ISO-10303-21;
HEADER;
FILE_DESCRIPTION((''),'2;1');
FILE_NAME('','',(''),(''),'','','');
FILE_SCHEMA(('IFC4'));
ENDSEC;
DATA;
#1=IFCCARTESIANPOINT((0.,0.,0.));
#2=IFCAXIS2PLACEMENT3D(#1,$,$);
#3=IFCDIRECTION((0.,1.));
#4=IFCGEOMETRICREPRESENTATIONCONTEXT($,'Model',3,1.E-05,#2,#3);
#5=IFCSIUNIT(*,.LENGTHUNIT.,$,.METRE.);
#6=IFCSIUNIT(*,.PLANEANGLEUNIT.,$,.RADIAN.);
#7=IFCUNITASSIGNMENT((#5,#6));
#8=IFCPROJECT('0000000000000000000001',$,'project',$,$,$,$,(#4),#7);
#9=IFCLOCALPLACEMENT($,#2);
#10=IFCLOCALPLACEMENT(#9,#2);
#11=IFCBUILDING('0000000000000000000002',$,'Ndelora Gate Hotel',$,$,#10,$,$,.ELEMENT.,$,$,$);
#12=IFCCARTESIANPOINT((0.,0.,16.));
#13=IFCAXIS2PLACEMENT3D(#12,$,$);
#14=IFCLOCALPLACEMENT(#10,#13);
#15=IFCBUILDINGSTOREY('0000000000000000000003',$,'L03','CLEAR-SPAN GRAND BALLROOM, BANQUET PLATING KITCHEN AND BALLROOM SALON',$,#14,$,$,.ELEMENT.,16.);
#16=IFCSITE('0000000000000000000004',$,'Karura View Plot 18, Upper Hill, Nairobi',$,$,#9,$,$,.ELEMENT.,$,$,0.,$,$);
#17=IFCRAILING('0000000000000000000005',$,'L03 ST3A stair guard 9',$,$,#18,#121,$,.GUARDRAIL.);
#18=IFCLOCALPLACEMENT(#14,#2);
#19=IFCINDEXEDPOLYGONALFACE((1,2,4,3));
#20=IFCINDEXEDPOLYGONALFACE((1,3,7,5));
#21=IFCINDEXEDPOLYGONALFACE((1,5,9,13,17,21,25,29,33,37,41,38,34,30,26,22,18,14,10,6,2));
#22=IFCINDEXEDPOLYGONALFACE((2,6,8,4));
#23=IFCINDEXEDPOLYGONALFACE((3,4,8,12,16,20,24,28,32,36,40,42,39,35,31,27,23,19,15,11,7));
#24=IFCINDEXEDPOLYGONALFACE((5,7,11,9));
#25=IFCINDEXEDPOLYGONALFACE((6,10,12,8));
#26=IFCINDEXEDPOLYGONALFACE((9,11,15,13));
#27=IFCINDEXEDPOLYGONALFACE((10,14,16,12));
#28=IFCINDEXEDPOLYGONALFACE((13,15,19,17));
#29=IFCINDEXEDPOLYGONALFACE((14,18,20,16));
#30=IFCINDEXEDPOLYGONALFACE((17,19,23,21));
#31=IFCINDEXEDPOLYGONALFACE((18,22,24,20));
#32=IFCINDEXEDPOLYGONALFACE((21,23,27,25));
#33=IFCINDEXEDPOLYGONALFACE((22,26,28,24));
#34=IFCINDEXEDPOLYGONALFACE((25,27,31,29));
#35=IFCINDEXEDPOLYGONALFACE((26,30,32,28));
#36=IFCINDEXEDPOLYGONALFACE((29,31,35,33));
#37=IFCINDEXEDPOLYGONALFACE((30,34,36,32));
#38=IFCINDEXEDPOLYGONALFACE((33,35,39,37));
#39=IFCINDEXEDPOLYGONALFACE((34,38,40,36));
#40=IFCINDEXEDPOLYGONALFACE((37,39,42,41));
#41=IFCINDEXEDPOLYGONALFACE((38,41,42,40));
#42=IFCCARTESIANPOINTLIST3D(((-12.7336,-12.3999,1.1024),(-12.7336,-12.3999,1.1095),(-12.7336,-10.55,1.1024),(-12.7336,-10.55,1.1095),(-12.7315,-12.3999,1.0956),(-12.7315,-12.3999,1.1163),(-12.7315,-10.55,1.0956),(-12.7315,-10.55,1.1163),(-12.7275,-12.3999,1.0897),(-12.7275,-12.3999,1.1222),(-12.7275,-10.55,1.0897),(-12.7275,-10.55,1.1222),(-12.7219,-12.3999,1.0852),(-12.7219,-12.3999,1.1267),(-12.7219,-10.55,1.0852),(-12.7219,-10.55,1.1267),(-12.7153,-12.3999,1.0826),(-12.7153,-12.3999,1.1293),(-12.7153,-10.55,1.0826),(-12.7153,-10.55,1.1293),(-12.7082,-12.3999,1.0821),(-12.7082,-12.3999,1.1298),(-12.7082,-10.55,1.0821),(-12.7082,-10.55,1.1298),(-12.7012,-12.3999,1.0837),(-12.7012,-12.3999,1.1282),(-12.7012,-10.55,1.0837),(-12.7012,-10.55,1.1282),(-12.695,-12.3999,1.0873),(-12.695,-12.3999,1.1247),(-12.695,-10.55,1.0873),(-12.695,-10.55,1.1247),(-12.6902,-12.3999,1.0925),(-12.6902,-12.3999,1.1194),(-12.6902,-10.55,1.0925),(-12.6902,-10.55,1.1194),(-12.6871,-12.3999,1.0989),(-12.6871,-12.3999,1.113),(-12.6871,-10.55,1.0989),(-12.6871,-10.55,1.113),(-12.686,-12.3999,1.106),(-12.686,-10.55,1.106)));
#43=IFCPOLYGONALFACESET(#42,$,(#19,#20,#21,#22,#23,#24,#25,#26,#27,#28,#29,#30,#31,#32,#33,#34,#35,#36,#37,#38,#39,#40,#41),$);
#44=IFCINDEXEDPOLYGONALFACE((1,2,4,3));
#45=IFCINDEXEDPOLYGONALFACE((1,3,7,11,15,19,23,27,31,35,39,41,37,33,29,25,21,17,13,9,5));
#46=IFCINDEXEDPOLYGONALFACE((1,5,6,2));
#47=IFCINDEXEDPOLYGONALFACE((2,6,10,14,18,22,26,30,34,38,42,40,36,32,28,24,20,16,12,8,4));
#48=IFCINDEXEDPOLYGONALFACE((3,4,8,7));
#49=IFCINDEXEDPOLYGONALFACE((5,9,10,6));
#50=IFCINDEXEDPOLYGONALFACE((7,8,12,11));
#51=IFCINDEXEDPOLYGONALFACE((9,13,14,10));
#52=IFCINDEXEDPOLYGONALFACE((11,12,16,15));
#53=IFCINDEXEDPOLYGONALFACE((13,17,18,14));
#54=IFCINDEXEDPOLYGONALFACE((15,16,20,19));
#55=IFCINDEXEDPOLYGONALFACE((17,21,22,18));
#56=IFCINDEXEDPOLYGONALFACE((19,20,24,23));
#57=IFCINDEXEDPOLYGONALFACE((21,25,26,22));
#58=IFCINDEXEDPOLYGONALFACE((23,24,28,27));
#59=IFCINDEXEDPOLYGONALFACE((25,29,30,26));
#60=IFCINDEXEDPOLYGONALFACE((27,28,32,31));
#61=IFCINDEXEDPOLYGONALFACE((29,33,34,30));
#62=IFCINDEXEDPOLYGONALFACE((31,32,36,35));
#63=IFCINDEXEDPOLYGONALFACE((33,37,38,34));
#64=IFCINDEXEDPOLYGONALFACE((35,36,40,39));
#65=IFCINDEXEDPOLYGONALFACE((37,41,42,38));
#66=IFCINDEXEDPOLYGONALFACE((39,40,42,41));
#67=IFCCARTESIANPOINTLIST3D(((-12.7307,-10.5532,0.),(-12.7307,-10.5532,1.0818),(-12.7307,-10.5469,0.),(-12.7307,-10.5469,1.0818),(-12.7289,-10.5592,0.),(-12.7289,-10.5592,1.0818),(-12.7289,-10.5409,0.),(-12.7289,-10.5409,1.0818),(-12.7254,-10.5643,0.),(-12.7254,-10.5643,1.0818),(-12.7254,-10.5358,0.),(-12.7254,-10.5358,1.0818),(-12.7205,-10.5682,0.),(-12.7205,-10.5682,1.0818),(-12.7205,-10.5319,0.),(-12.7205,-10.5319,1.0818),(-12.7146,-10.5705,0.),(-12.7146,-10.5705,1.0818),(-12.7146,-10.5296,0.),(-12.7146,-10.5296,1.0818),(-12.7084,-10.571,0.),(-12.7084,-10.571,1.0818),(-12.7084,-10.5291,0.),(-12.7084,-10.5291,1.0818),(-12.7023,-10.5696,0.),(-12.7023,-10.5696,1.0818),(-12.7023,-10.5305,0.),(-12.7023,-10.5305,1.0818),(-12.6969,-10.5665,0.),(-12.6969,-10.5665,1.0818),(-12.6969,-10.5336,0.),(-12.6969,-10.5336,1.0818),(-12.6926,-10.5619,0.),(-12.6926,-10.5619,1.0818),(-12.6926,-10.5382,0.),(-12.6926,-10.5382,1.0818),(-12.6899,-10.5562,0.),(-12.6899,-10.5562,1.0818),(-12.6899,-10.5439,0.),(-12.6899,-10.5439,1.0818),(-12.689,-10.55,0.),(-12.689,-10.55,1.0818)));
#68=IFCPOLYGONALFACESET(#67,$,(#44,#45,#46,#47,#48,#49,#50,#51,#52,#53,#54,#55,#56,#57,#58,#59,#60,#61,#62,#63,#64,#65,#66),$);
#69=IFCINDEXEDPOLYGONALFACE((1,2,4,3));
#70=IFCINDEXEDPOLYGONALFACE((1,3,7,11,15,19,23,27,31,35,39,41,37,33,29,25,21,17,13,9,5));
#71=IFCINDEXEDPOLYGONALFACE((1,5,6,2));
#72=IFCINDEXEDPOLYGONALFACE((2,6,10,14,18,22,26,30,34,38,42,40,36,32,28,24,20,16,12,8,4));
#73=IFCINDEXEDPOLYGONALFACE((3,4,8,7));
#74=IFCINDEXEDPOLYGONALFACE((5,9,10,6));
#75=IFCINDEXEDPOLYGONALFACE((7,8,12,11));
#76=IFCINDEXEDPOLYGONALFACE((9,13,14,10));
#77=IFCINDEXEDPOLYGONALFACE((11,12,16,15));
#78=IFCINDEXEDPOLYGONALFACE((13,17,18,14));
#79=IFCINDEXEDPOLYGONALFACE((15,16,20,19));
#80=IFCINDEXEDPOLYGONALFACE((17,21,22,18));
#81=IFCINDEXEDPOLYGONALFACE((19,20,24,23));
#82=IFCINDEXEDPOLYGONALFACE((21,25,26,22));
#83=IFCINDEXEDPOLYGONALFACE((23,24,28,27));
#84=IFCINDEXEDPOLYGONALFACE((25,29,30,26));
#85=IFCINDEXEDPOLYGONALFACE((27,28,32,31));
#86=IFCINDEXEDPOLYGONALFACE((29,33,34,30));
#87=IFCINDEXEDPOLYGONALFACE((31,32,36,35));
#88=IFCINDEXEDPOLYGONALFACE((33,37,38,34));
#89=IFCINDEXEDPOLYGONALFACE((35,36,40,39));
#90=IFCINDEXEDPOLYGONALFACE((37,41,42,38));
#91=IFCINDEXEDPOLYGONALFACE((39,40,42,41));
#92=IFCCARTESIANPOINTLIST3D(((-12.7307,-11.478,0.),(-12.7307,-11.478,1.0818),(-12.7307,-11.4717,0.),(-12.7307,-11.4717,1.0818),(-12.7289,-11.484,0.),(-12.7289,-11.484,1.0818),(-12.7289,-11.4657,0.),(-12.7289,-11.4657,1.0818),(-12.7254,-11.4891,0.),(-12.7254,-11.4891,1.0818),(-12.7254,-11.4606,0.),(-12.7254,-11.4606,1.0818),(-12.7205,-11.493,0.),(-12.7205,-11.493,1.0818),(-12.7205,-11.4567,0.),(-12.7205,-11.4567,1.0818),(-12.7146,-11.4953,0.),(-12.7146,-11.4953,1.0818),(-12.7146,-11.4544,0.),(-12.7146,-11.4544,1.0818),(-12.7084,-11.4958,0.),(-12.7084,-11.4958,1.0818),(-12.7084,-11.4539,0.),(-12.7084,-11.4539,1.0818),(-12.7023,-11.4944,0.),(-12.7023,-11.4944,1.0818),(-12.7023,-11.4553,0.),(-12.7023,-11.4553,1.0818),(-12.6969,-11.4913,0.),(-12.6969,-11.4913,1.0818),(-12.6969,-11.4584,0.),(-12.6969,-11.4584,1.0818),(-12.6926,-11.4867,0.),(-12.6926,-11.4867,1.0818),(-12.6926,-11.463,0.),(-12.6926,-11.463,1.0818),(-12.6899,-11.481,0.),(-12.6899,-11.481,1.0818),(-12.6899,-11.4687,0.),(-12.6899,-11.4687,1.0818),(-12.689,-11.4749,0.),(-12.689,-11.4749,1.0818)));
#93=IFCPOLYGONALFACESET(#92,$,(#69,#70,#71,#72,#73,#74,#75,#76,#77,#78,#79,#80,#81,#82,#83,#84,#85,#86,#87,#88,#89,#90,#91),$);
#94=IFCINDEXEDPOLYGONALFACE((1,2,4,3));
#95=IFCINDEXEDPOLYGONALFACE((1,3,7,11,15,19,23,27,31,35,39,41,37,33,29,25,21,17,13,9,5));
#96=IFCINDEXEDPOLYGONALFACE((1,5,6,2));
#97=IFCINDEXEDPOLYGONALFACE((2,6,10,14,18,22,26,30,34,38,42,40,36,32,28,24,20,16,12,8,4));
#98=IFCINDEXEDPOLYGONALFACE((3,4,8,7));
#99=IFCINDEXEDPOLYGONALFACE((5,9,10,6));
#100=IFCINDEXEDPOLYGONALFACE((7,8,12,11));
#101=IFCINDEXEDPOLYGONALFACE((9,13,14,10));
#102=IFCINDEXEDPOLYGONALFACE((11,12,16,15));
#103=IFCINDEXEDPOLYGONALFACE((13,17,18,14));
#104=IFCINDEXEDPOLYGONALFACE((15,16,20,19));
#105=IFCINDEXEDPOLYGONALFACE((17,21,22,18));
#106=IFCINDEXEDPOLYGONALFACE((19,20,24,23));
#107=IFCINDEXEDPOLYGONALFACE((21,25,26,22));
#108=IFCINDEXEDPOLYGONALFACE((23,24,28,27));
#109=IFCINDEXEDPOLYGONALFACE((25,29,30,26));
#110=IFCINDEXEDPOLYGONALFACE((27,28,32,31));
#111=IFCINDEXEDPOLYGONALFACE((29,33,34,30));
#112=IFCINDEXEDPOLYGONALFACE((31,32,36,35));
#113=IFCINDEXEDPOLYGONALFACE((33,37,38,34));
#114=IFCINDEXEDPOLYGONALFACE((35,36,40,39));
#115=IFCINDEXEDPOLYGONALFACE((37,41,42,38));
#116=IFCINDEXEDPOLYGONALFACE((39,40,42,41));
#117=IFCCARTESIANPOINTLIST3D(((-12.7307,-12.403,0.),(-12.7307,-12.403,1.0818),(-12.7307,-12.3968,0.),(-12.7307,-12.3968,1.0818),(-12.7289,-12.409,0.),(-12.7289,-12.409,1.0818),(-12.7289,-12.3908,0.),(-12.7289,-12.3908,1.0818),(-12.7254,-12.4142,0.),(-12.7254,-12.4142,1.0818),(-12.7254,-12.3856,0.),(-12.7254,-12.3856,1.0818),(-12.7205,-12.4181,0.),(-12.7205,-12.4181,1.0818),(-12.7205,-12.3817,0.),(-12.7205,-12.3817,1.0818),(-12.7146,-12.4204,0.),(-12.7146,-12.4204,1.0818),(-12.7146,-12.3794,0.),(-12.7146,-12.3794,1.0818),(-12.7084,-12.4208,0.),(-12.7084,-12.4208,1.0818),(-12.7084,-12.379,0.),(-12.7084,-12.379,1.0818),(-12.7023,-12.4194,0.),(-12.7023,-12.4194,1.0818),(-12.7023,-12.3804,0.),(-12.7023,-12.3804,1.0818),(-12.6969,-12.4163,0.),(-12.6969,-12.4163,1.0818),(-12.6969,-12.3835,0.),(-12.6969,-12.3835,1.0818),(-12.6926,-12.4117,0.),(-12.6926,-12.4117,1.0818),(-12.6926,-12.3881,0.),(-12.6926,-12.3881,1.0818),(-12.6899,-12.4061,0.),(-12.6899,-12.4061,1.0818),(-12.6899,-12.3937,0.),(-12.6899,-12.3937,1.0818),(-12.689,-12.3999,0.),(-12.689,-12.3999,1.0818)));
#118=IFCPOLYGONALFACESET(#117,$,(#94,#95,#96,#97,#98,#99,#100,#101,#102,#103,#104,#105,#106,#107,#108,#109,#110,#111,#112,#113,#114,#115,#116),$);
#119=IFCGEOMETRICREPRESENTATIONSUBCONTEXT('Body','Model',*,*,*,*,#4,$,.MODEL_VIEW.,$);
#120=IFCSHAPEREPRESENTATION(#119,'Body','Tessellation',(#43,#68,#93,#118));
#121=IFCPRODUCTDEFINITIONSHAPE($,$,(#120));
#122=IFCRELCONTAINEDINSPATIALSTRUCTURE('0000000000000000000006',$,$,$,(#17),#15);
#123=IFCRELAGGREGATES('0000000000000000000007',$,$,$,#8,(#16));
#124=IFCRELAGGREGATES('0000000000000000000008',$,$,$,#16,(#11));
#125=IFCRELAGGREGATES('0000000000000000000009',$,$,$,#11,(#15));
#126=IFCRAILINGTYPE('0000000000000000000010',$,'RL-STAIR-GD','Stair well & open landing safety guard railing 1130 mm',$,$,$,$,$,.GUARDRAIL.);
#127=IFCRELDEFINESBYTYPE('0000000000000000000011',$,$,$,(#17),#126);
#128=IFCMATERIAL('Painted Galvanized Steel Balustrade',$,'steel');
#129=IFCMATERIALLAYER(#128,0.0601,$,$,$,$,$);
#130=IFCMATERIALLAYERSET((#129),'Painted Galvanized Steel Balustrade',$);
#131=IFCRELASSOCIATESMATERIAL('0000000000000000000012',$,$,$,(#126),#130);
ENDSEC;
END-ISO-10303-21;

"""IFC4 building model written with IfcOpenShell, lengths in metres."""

from ifc_helpers import new_model, si_unit, direction, frame, origin, origin_2d, place, context, subcontext, project, spatial, circle, extrude, material, layer, layer_set, type_object, element, save


model = new_model("IFC4")

# Units and contexts
model_context = context("Model", 3, precision=1e-05, world=origin(), true_north=direction((0.0, 1.0)))
body_context = subcontext(model_context, "Body", "Model", "MODEL_VIEW")
ifc_project = project(units=[si_unit("LENGTHUNIT", "METRE"), si_unit("PLANEANGLEUNIT", "RADIAN")], contexts=[model_context])

# Site, building, storey
site_placement = place(None, origin())
site = spatial("IfcSite", under=ifc_project, at=site_placement, Name="Karura View Plot 18, Upper Hill, Nairobi", CompositionType="ELEMENT", RefElevation=0.0)
building_placement = place(site_placement, origin())
building = spatial("IfcBuilding", under=site, at=building_placement, Name="Ndelora Gate Hotel", CompositionType="ELEMENT")
storey_placement = place(building_placement, frame((0.0, 0.0, 16.0)))
storey = spatial("IfcBuildingStorey", under=building, at=storey_placement, Name="L03", Description="CLEAR-SPAN GRAND BALLROOM, BANQUET PLATING KITCHEN AND BALLROOM SALON", CompositionType="ELEMENT", Elevation=16.0)

# Railing
ifc_material_1 = material(Name="Painted Galvanized Steel Balustrade", Category="steel")
ifc_layer_1 = layer(ifc_material_1, 0.0601)
ifc_layer_set_1 = layer_set([ifc_layer_1], Name="Painted Galvanized Steel Balustrade")
railing_type_1 = type_object("IfcRailingType", Name="RL-STAIR-GD", Description="Stair well & open landing safety guard railing 1130 mm", PredefinedType="GUARDRAIL", material=ifc_layer_set_1)
railing_1_placement = place(storey_placement, frame((-12.71, -10.55, 0.0)))
element("IfcRailing", 1, at=railing_1_placement, inside=storey, type_object=railing_type_1, Name="L03 ST3A stair guard 9", PredefinedType="GUARDRAIL", context=body_context, shape_type="SweptSolid", body=[
    extrude(circle(Radius=0.0239, at=origin_2d()), frame((0.0, 0.0, 1.106), z_axis=(0.0, -1.0, 0.0), x_axis=(1.0, 0.0, 0.0)), (0.0, 0.0, 1.0), 1.8499),
    extrude(circle(Radius=0.021, at=origin_2d()), origin(), (0.0, 0.0, 1.0), 1.0818),
    extrude(circle(Radius=0.021, at=origin_2d()), frame((0.0, -0.9248, 0.0)), (0.0, 0.0, 1.0), 1.0818),
    extrude(circle(Radius=0.021, at=origin_2d()), frame((0.0, -1.8499, 0.0)), (0.0, 0.0, 1.0), 1.0818),
])

save(model, "model.ifc")
